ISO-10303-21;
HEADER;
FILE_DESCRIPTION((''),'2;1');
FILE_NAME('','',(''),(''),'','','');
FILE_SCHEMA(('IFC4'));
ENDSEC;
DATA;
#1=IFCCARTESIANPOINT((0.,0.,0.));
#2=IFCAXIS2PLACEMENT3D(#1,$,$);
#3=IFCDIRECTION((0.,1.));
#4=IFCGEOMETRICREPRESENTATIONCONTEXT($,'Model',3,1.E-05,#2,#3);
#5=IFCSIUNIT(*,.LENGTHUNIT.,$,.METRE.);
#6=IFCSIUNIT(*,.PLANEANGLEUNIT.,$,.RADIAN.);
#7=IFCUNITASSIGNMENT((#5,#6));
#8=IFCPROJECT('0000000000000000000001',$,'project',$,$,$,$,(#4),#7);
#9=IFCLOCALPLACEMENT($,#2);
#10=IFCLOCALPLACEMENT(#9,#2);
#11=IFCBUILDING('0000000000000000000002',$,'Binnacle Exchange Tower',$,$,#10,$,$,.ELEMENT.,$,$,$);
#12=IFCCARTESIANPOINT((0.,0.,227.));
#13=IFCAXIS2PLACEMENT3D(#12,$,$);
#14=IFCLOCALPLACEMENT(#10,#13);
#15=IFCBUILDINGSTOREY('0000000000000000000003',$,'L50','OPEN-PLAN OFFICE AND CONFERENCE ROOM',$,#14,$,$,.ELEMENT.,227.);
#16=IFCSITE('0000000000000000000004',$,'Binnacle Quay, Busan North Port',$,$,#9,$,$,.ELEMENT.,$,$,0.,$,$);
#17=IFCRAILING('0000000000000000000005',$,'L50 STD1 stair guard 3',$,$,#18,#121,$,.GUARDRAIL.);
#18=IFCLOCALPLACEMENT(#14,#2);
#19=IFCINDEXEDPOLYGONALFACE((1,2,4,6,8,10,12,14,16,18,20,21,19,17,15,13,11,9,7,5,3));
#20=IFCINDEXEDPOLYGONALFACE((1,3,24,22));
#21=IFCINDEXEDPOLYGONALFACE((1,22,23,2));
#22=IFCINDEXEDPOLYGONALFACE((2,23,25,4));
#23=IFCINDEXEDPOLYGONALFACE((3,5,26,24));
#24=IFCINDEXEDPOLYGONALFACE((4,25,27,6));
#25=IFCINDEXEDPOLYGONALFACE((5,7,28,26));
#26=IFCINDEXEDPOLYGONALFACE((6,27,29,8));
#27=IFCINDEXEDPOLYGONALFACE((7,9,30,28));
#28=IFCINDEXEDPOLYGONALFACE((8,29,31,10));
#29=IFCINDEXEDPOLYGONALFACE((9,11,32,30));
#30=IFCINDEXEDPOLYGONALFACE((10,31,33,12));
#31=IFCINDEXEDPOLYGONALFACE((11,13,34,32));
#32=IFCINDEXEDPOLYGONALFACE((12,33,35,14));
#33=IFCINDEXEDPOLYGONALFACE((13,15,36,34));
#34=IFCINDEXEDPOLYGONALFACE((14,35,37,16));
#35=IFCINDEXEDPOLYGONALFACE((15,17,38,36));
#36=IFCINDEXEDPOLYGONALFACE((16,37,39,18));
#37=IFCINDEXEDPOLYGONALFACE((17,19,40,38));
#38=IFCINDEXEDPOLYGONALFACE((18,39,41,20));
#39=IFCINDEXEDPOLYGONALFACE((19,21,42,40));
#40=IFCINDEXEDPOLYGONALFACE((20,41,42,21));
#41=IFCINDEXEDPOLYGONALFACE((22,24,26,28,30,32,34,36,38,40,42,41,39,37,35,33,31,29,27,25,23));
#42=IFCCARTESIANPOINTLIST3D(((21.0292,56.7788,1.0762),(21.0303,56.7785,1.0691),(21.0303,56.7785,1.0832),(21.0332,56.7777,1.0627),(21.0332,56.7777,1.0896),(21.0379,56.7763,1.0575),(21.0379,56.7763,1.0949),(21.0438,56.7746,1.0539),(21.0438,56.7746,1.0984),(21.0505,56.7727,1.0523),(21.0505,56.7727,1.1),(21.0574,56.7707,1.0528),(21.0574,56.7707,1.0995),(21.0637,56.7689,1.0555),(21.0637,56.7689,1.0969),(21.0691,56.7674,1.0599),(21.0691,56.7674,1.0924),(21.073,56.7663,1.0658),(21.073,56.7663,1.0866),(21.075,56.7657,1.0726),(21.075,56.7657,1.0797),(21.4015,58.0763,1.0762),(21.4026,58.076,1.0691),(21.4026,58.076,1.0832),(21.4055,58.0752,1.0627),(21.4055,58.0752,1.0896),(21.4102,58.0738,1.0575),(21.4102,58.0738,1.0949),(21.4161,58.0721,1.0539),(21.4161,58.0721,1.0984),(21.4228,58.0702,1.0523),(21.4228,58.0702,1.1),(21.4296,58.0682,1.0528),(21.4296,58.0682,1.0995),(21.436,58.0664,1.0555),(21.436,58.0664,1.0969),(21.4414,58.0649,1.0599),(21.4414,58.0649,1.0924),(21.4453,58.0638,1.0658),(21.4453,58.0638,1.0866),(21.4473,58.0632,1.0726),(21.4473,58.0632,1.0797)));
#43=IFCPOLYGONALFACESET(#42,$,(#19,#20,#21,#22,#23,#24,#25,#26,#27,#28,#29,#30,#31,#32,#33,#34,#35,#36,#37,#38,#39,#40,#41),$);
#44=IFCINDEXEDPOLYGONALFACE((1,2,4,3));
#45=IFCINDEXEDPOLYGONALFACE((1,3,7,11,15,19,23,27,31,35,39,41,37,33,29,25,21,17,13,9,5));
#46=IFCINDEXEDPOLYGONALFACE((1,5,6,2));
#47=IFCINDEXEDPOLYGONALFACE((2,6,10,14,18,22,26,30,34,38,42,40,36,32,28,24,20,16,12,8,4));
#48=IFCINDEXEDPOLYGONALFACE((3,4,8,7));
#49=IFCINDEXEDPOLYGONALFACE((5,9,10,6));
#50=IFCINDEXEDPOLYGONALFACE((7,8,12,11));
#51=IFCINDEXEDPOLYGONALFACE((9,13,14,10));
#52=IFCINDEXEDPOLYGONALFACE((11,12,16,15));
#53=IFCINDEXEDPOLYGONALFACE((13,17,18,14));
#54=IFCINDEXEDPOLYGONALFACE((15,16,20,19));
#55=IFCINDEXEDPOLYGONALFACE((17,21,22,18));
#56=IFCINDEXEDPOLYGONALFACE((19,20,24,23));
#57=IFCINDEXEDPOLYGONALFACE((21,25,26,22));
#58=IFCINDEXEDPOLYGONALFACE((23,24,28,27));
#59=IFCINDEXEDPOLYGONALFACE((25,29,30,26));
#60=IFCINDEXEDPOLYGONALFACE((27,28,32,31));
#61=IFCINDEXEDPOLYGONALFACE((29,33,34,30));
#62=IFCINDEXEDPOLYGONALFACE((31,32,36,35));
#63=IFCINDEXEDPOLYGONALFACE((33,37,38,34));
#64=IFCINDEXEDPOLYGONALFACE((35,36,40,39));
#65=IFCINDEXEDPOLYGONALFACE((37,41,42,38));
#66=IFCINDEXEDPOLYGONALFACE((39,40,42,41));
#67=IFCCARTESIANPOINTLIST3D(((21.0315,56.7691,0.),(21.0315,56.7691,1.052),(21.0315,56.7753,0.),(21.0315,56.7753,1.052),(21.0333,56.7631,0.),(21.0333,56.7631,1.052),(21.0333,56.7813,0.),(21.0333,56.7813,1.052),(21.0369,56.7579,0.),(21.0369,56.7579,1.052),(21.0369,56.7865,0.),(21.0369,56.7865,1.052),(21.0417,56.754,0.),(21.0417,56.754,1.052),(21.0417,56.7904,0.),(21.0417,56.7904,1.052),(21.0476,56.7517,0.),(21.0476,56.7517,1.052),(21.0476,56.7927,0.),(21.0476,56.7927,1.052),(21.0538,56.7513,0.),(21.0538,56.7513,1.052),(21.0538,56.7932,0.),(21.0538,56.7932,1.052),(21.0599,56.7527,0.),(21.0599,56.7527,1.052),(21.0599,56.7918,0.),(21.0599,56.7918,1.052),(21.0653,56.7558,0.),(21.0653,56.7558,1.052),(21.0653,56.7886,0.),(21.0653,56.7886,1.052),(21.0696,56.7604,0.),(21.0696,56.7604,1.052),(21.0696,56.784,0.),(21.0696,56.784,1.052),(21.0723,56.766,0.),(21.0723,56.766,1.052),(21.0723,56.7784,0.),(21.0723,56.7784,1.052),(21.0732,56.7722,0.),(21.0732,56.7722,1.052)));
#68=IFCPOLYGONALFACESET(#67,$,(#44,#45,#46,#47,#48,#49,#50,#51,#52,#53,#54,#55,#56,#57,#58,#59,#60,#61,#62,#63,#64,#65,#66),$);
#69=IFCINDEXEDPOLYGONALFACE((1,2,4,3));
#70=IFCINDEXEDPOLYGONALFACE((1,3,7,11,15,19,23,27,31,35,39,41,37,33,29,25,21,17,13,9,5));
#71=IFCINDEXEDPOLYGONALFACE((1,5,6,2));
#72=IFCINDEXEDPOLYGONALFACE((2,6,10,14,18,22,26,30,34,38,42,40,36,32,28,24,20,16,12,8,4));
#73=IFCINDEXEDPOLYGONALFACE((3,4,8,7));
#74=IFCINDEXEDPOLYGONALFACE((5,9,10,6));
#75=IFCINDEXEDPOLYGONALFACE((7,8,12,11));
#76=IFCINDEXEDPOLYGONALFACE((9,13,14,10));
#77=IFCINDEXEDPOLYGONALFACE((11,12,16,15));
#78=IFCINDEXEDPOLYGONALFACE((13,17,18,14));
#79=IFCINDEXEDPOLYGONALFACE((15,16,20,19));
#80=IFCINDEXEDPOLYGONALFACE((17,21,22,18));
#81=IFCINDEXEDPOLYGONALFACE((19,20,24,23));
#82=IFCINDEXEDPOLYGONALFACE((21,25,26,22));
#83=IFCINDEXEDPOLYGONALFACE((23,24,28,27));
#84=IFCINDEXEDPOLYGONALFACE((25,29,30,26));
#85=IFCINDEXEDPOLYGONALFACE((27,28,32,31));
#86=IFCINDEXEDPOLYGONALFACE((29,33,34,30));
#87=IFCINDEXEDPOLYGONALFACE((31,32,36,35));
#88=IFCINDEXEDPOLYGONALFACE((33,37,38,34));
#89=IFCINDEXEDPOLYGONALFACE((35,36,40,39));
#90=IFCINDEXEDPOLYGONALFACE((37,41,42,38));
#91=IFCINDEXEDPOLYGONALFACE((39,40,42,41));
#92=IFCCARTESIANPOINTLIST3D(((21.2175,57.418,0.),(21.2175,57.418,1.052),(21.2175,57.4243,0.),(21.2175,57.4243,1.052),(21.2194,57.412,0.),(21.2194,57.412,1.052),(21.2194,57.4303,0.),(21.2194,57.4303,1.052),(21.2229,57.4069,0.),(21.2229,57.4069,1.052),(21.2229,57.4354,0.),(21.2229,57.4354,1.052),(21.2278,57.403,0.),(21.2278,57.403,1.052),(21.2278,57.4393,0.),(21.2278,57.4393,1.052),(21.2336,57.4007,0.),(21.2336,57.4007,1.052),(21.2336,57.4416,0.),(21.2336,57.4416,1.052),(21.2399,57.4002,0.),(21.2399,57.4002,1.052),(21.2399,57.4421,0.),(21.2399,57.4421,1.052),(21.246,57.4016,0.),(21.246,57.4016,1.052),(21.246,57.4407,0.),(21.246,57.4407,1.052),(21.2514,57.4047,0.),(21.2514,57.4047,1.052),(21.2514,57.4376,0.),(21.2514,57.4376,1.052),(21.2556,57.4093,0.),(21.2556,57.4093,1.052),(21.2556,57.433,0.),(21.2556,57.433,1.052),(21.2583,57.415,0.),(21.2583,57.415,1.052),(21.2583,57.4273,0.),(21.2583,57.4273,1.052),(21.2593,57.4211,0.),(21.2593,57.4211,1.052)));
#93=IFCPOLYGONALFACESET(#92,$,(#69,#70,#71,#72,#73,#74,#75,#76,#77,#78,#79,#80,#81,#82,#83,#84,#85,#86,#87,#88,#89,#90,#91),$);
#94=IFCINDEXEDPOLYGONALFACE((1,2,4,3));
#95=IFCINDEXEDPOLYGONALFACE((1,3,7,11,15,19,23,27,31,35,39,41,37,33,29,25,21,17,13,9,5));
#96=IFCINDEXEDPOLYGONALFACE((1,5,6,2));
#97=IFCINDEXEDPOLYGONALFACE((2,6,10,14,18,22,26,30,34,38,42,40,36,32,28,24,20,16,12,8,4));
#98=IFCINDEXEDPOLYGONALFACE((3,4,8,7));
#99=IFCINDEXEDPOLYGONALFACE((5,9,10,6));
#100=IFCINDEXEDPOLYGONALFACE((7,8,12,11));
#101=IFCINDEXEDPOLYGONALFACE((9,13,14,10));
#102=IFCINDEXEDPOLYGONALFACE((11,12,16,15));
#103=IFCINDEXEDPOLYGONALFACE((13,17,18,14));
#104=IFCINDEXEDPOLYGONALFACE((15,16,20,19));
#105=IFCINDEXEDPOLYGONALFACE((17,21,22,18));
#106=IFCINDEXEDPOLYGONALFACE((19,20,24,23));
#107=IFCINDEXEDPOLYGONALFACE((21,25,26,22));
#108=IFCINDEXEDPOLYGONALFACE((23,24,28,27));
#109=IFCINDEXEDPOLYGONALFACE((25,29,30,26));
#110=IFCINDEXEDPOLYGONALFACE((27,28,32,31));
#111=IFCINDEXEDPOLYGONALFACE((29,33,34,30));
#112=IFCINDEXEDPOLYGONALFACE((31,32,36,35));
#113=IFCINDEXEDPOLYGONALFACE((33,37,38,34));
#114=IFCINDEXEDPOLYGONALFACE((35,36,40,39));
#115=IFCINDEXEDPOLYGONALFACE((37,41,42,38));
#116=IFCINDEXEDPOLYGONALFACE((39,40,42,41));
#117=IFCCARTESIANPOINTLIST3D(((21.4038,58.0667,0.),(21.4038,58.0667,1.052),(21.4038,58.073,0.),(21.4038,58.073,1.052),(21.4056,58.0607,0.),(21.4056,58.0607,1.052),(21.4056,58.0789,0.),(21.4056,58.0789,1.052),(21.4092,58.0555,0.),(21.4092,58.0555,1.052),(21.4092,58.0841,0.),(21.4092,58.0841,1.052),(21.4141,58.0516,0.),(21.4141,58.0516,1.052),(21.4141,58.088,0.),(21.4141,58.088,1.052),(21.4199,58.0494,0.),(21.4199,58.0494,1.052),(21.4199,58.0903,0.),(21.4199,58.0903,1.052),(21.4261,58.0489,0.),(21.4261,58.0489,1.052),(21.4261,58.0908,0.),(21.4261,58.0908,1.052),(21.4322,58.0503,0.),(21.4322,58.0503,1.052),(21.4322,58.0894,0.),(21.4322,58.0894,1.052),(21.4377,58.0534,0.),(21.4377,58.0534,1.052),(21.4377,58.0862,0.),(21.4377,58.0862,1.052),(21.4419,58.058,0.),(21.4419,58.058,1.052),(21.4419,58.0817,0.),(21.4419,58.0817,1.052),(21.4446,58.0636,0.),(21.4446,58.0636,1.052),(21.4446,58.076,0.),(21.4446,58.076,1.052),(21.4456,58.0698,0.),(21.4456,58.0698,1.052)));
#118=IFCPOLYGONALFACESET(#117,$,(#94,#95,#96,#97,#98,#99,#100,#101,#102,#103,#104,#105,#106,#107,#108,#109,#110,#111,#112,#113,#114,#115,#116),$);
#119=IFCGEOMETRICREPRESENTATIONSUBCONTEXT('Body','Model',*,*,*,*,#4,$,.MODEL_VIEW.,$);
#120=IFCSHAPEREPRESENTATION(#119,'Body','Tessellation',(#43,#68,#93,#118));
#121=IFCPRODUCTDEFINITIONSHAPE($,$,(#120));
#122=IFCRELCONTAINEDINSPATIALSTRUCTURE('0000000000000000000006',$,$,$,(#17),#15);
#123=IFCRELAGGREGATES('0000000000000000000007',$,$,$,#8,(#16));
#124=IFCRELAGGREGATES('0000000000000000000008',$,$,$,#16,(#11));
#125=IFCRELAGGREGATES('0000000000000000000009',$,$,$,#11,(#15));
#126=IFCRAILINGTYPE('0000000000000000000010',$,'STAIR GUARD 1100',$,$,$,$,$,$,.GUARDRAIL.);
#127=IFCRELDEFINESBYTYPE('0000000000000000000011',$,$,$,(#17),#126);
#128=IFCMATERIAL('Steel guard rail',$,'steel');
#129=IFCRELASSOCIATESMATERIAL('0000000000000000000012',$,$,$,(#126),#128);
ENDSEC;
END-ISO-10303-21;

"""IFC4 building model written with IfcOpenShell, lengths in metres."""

from ifc_helpers import new_model, si_unit, direction, frame, origin, origin_2d, place, context, subcontext, project, spatial, circle, extrude, material, type_object, element, save


model = new_model("IFC4")

# Units and contexts
model_context = context("Model", 3, precision=1e-05, world=origin(), true_north=direction((0.0, 1.0)))
body_context = subcontext(model_context, "Body", "Model", "MODEL_VIEW")
ifc_project = project(units=[si_unit("LENGTHUNIT", "METRE"), si_unit("PLANEANGLEUNIT", "RADIAN")], contexts=[model_context])

# Site, building, storey
site_placement = place(None, origin())
site = spatial("IfcSite", under=ifc_project, at=site_placement, Name="Binnacle Quay, Busan North Port", CompositionType="ELEMENT", RefElevation=0.0)
building_placement = place(site_placement, origin())
building = spatial("IfcBuilding", under=site, at=building_placement, Name="Binnacle Exchange Tower", CompositionType="ELEMENT")
storey_placement = place(building_placement, frame((0.0, 0.0, 227.0)))
storey = spatial("IfcBuildingStorey", under=building, at=storey_placement, Name="L50", Description="OPEN-PLAN OFFICE AND CONFERENCE ROOM", CompositionType="ELEMENT", Elevation=227.0)

# Railing
ifc_material_1 = material(Name="Steel guard rail", Category="steel")
railing_type_1 = type_object("IfcRailingType", Name="STAIR GUARD 1100", PredefinedType="GUARDRAIL", material=ifc_material_1)
railing_1_placement = place(storey_placement, frame((21.0522, 56.7722, 0.0)))
element("IfcRailing", 1, at=railing_1_placement, inside=storey, type_object=railing_type_1, Name="L50 STD1 stair guard 3", PredefinedType="GUARDRAIL", context=body_context, shape_type="SweptSolid", body=[
    extrude(circle(Radius=0.0239, at=origin_2d()), frame((0.0, 0.0, 1.0762), z_axis=(0.275796, 0.961216, 0.0), x_axis=(-0.961216, 0.275796, 0.0)), (0.0, 0.0, 1.0), 1.3499),
    extrude(circle(Radius=0.021, at=origin_2d()), origin(), (0.0, 0.0, 1.0), 1.052),
    extrude(circle(Radius=0.021, at=origin_2d()), frame((0.186, 0.6489, 0.0)), (0.0, 0.0, 1.0), 1.052),
    extrude(circle(Radius=0.021, at=origin_2d()), frame((0.3723, 1.2976, 0.0)), (0.0, 0.0, 1.0), 1.052),
])

save(model, "model.ifc")
